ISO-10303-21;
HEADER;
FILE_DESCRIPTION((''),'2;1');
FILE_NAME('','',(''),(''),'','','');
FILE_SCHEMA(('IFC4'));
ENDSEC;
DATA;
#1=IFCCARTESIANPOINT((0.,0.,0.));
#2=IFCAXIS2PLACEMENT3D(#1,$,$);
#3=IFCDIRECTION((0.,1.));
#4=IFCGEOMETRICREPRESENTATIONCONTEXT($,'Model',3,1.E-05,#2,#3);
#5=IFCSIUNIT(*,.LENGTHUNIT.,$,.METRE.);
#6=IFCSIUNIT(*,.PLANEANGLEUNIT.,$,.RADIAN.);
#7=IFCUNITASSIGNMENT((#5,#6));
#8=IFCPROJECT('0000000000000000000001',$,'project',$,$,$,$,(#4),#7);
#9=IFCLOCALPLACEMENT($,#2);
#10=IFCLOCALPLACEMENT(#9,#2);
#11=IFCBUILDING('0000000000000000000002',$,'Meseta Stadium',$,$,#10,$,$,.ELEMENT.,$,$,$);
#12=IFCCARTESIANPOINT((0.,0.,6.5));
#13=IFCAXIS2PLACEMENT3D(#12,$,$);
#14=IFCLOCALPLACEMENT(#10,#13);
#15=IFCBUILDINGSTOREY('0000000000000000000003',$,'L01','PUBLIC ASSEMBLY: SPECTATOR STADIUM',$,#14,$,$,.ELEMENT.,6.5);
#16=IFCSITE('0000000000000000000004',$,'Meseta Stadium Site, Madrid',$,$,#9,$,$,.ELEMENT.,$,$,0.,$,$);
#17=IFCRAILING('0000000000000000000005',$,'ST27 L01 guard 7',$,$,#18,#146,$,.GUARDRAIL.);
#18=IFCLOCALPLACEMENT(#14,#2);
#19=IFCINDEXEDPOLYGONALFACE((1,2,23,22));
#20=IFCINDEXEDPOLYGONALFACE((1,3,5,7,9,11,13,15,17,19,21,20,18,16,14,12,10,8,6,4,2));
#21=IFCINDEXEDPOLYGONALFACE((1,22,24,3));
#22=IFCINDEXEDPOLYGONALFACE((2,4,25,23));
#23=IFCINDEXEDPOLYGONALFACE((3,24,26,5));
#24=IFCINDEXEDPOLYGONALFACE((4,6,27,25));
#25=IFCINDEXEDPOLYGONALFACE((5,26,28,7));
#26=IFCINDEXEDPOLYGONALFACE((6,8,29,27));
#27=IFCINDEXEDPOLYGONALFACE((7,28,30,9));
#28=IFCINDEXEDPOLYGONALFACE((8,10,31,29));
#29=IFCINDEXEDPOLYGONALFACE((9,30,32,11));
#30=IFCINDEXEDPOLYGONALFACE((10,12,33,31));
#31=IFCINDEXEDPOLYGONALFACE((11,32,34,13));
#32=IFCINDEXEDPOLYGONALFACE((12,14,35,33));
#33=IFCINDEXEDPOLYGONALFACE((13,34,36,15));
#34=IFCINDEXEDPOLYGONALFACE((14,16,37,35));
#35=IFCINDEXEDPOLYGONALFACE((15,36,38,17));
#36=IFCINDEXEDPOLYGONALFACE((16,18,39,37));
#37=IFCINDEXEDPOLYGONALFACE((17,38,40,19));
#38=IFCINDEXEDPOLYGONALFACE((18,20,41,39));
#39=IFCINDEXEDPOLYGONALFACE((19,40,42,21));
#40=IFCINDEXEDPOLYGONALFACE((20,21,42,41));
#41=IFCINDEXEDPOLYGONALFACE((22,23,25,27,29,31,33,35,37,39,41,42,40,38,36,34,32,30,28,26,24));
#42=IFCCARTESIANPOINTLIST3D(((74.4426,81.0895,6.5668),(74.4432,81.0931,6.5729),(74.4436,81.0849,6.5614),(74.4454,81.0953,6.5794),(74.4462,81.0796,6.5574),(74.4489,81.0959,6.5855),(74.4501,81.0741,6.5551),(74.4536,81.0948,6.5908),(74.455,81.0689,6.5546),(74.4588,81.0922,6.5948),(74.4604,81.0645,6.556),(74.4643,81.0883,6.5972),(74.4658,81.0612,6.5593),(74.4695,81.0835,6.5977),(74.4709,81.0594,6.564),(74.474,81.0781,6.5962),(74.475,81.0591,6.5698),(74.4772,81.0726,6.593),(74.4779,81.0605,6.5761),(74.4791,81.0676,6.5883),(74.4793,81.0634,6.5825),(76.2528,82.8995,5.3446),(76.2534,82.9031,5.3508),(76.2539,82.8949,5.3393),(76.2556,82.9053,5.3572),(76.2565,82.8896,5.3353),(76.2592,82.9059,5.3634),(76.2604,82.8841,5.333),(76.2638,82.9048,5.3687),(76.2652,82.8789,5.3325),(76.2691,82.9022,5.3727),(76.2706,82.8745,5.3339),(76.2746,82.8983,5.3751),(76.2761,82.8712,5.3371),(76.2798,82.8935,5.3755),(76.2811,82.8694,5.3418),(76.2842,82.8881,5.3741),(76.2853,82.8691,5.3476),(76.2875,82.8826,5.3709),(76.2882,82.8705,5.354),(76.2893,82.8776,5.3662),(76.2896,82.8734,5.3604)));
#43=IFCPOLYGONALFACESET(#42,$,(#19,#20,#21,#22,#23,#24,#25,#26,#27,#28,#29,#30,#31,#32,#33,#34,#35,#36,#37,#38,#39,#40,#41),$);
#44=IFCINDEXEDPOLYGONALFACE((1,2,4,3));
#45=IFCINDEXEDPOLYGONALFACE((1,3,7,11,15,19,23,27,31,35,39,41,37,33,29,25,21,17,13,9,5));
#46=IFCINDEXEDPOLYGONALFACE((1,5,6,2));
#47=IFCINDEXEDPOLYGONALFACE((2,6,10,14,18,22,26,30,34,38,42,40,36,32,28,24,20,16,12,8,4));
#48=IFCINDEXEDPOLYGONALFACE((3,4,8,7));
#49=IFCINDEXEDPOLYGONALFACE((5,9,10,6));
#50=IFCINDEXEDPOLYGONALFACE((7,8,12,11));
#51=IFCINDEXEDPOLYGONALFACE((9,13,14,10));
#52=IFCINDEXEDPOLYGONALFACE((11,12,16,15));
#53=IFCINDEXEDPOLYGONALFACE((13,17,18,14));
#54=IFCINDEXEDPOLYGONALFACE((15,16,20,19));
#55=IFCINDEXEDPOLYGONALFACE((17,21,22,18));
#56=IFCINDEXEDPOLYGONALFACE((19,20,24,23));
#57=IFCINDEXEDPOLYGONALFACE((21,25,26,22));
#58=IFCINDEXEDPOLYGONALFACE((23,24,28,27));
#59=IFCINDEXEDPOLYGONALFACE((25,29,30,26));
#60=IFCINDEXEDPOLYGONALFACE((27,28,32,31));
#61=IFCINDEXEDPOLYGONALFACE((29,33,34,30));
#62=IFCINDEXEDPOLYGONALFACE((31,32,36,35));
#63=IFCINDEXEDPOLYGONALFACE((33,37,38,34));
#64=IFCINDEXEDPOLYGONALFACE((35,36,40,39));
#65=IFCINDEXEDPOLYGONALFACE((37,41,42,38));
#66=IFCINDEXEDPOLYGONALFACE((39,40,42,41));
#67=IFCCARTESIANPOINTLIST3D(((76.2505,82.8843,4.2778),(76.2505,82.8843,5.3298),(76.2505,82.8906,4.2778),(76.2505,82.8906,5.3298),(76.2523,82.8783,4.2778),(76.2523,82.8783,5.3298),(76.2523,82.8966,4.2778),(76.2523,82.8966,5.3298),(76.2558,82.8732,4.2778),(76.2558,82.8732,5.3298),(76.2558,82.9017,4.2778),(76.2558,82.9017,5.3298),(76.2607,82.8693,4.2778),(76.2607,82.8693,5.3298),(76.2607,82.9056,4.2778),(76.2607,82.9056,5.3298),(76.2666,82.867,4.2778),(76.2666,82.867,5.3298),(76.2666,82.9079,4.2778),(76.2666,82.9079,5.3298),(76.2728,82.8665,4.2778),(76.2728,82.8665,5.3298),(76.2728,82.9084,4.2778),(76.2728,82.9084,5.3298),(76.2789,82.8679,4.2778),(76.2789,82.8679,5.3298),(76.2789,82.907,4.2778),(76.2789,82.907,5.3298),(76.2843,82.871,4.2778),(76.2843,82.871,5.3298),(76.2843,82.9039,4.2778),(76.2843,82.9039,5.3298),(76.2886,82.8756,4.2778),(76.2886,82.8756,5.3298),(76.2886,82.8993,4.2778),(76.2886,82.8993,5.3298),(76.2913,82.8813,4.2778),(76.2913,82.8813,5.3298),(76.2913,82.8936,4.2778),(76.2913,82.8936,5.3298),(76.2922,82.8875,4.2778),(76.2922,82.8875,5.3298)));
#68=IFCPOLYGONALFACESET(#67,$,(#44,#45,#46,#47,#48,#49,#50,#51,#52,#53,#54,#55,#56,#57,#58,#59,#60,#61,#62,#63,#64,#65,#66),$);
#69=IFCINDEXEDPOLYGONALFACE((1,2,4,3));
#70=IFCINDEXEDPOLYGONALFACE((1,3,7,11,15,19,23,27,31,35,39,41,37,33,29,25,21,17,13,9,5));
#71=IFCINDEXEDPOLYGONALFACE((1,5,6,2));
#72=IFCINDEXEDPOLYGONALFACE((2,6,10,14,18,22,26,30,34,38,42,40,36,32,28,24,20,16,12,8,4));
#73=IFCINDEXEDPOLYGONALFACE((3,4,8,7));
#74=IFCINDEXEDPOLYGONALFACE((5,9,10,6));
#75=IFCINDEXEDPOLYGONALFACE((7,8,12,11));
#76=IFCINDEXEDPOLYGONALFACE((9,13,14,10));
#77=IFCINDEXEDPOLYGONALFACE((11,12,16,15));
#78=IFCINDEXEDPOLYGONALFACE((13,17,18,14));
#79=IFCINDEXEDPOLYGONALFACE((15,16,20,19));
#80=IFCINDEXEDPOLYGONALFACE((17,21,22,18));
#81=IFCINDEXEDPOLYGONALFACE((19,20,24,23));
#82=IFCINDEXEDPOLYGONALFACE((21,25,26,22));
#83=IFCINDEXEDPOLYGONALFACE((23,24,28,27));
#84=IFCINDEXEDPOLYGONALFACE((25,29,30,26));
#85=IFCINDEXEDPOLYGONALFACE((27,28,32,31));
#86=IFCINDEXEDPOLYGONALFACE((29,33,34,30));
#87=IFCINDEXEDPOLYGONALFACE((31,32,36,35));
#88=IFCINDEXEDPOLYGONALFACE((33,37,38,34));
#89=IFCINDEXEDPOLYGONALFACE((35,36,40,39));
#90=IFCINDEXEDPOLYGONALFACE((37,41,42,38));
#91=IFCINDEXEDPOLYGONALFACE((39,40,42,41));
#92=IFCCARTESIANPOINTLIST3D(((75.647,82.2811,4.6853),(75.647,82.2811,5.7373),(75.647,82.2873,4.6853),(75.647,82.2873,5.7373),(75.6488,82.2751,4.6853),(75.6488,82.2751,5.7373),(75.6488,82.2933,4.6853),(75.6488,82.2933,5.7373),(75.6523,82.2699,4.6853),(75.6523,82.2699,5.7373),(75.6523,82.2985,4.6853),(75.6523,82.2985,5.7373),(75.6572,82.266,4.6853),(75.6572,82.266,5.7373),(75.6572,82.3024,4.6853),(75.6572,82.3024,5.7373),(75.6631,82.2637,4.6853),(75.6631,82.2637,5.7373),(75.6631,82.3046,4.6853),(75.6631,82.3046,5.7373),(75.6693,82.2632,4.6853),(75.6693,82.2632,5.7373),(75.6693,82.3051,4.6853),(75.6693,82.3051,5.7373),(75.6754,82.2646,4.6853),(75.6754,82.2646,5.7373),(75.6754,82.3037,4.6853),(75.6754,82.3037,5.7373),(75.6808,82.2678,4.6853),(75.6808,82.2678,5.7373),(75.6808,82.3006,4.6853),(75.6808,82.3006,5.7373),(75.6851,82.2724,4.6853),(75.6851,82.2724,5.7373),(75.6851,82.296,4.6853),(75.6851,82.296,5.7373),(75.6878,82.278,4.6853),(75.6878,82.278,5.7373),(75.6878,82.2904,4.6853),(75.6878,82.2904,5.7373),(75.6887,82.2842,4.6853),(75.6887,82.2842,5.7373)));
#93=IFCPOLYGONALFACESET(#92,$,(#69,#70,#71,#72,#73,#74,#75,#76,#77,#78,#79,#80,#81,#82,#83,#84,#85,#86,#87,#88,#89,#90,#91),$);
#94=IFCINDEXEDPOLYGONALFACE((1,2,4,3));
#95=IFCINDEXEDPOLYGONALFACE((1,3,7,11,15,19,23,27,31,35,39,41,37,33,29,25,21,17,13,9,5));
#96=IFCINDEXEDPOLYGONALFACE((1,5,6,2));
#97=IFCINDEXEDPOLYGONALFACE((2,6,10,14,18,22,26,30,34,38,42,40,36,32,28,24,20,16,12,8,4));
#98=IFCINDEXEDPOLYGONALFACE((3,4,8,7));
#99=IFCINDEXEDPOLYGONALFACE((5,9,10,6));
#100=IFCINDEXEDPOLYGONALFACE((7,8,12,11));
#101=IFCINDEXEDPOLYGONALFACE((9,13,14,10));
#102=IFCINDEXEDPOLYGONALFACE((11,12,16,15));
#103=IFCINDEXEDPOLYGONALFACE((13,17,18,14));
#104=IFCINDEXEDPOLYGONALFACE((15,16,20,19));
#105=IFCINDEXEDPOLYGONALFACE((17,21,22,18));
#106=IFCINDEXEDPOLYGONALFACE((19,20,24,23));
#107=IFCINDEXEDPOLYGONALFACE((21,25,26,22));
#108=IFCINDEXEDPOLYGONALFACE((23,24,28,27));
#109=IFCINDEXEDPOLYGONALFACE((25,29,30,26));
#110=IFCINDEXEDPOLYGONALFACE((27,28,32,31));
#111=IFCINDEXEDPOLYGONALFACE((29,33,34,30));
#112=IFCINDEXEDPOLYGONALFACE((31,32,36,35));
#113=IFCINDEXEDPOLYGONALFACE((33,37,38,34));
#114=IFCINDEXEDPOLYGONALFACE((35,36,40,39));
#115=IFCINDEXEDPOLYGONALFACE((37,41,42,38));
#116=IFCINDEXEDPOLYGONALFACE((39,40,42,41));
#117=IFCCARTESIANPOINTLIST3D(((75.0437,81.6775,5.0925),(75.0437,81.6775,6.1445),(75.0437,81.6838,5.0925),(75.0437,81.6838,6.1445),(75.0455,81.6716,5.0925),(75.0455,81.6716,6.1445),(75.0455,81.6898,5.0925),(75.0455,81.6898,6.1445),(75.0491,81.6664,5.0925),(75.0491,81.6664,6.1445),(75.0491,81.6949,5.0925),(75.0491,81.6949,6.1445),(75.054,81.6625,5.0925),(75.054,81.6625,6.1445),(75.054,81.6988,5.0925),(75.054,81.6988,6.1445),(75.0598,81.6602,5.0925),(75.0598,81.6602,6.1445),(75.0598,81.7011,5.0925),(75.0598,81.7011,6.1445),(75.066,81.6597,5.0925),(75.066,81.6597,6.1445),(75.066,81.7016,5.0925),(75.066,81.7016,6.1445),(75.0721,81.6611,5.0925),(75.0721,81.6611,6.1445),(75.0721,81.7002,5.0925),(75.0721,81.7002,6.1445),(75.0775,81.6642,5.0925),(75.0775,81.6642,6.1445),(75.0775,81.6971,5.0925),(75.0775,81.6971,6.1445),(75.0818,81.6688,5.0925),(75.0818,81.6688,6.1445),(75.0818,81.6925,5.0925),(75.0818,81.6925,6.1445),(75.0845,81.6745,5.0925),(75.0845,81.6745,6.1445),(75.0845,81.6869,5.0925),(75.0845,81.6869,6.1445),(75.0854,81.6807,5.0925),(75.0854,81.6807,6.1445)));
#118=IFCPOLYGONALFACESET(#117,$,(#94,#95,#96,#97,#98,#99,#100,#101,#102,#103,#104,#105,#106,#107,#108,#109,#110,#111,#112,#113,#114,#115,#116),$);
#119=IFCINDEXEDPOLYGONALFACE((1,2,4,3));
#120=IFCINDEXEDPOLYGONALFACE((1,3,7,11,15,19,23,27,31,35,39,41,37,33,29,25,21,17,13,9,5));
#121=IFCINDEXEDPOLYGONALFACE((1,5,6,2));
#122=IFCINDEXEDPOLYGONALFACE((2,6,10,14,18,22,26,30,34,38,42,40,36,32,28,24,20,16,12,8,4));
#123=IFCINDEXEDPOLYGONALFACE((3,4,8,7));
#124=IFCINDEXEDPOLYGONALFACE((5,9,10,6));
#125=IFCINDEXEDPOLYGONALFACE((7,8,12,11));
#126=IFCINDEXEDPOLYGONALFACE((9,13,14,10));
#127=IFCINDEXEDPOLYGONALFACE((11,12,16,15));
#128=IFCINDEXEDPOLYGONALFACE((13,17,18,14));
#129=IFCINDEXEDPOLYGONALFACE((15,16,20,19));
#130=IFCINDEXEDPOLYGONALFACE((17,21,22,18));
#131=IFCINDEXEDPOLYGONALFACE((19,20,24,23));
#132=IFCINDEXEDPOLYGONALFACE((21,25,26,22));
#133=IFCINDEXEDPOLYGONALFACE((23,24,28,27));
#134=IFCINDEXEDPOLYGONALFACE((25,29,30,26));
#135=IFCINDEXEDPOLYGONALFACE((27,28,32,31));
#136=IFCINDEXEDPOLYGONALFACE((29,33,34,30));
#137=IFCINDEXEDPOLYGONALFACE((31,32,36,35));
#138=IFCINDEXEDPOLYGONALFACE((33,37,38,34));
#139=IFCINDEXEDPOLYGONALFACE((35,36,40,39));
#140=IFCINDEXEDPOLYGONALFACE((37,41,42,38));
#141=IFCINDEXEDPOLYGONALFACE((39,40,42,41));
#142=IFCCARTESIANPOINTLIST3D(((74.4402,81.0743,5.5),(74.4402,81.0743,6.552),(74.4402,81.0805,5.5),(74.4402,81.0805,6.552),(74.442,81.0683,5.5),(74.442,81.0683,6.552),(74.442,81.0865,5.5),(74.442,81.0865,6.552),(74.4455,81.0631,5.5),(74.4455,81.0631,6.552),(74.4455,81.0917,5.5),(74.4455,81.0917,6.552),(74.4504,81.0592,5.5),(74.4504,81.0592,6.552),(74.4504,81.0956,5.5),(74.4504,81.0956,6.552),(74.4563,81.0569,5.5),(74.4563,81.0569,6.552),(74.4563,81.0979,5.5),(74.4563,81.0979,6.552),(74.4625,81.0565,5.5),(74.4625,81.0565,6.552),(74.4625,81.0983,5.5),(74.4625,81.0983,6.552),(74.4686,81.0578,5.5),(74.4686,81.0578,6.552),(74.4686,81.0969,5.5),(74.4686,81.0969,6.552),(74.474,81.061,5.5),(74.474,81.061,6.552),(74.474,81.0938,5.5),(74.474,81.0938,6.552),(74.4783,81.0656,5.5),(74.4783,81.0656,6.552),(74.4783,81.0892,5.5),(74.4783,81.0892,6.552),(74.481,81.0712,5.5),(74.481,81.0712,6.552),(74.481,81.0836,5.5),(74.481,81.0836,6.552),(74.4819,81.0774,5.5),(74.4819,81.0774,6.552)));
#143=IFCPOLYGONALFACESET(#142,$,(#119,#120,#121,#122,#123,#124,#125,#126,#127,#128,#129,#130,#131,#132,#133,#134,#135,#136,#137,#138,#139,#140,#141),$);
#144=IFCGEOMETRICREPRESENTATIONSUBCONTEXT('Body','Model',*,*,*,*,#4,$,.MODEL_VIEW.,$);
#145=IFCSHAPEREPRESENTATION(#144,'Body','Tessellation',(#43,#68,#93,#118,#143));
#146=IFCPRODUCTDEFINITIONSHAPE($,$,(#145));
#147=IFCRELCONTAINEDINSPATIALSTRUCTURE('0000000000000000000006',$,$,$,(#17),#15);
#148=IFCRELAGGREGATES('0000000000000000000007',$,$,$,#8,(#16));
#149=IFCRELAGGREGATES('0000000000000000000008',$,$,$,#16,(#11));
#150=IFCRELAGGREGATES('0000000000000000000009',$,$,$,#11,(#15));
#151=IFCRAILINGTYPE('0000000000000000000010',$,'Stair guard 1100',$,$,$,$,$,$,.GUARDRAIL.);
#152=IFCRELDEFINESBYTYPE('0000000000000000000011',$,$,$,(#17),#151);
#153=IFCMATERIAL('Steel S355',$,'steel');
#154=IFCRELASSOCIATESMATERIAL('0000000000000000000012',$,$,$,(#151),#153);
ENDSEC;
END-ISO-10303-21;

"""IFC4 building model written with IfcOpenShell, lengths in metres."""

from ifc_helpers import new_model, si_unit, direction, frame, origin, origin_2d, place, context, subcontext, project, spatial, circle, extrude, material, type_object, element, save


model = new_model("IFC4")

# Units and contexts
model_context = context("Model", 3, precision=1e-05, world=origin(), true_north=direction((0.0, 1.0)))
body_context = subcontext(model_context, "Body", "Model", "MODEL_VIEW")
ifc_project = project(units=[si_unit("LENGTHUNIT", "METRE"), si_unit("PLANEANGLEUNIT", "RADIAN")], contexts=[model_context])

# Site, building, storey
site_placement = place(None, origin())
site = spatial("IfcSite", under=ifc_project, at=site_placement, Name="Meseta Stadium Site, Madrid", CompositionType="ELEMENT", RefElevation=0.0)
building_placement = place(site_placement, origin())
building = spatial("IfcBuilding", under=site, at=building_placement, Name="Meseta Stadium", CompositionType="ELEMENT")
storey_placement = place(building_placement, frame((0.0, 0.0, 6.5)))
storey = spatial("IfcBuildingStorey", under=building, at=storey_placement, Name="L01", Description="PUBLIC ASSEMBLY: SPECTATOR STADIUM", CompositionType="ELEMENT", Elevation=6.5)

# Railing
ifc_material_1 = material(Name="Steel S355", Category="steel")
railing_type_1 = type_object("IfcRailingType", Name="Stair guard 1100", PredefinedType="GUARDRAIL", material=ifc_material_1)
railing_1_placement = place(storey_placement, frame((76.2712, 82.8875, 4.2778)))
element("IfcRailing", 1, at=railing_1_placement, inside=storey, type_object=railing_type_1, Name="ST27 L01 guard 7", PredefinedType="GUARDRAIL", context=body_context, shape_type="SweptSolid", body=[
    extrude(circle(Radius=0.0239, at=origin_2d()), frame((0.0, 0.0, 1.0762), z_axis=(-0.638159, -0.638073, 0.430832), x_axis=(0.707059, -0.707154, 0.0)), (0.0, 0.0, 1.0), 2.8367),
    extrude(circle(Radius=0.021, at=origin_2d()), origin(), (0.0, 0.0, 1.0), 1.052),
    extrude(circle(Radius=0.021, at=origin_2d()), frame((-0.6035, -0.6033, 0.4075)), (0.0, 0.0, 1.0), 1.052),
    extrude(circle(Radius=0.021, at=origin_2d()), frame((-1.2068, -1.2068, 0.8147)), (0.0, 0.0, 1.0), 1.052),
    extrude(circle(Radius=0.021, at=origin_2d()), frame((-1.8103, -1.8101, 1.2222)), (0.0, 0.0, 1.0), 1.052),
])

save(model, "model.ifc")
